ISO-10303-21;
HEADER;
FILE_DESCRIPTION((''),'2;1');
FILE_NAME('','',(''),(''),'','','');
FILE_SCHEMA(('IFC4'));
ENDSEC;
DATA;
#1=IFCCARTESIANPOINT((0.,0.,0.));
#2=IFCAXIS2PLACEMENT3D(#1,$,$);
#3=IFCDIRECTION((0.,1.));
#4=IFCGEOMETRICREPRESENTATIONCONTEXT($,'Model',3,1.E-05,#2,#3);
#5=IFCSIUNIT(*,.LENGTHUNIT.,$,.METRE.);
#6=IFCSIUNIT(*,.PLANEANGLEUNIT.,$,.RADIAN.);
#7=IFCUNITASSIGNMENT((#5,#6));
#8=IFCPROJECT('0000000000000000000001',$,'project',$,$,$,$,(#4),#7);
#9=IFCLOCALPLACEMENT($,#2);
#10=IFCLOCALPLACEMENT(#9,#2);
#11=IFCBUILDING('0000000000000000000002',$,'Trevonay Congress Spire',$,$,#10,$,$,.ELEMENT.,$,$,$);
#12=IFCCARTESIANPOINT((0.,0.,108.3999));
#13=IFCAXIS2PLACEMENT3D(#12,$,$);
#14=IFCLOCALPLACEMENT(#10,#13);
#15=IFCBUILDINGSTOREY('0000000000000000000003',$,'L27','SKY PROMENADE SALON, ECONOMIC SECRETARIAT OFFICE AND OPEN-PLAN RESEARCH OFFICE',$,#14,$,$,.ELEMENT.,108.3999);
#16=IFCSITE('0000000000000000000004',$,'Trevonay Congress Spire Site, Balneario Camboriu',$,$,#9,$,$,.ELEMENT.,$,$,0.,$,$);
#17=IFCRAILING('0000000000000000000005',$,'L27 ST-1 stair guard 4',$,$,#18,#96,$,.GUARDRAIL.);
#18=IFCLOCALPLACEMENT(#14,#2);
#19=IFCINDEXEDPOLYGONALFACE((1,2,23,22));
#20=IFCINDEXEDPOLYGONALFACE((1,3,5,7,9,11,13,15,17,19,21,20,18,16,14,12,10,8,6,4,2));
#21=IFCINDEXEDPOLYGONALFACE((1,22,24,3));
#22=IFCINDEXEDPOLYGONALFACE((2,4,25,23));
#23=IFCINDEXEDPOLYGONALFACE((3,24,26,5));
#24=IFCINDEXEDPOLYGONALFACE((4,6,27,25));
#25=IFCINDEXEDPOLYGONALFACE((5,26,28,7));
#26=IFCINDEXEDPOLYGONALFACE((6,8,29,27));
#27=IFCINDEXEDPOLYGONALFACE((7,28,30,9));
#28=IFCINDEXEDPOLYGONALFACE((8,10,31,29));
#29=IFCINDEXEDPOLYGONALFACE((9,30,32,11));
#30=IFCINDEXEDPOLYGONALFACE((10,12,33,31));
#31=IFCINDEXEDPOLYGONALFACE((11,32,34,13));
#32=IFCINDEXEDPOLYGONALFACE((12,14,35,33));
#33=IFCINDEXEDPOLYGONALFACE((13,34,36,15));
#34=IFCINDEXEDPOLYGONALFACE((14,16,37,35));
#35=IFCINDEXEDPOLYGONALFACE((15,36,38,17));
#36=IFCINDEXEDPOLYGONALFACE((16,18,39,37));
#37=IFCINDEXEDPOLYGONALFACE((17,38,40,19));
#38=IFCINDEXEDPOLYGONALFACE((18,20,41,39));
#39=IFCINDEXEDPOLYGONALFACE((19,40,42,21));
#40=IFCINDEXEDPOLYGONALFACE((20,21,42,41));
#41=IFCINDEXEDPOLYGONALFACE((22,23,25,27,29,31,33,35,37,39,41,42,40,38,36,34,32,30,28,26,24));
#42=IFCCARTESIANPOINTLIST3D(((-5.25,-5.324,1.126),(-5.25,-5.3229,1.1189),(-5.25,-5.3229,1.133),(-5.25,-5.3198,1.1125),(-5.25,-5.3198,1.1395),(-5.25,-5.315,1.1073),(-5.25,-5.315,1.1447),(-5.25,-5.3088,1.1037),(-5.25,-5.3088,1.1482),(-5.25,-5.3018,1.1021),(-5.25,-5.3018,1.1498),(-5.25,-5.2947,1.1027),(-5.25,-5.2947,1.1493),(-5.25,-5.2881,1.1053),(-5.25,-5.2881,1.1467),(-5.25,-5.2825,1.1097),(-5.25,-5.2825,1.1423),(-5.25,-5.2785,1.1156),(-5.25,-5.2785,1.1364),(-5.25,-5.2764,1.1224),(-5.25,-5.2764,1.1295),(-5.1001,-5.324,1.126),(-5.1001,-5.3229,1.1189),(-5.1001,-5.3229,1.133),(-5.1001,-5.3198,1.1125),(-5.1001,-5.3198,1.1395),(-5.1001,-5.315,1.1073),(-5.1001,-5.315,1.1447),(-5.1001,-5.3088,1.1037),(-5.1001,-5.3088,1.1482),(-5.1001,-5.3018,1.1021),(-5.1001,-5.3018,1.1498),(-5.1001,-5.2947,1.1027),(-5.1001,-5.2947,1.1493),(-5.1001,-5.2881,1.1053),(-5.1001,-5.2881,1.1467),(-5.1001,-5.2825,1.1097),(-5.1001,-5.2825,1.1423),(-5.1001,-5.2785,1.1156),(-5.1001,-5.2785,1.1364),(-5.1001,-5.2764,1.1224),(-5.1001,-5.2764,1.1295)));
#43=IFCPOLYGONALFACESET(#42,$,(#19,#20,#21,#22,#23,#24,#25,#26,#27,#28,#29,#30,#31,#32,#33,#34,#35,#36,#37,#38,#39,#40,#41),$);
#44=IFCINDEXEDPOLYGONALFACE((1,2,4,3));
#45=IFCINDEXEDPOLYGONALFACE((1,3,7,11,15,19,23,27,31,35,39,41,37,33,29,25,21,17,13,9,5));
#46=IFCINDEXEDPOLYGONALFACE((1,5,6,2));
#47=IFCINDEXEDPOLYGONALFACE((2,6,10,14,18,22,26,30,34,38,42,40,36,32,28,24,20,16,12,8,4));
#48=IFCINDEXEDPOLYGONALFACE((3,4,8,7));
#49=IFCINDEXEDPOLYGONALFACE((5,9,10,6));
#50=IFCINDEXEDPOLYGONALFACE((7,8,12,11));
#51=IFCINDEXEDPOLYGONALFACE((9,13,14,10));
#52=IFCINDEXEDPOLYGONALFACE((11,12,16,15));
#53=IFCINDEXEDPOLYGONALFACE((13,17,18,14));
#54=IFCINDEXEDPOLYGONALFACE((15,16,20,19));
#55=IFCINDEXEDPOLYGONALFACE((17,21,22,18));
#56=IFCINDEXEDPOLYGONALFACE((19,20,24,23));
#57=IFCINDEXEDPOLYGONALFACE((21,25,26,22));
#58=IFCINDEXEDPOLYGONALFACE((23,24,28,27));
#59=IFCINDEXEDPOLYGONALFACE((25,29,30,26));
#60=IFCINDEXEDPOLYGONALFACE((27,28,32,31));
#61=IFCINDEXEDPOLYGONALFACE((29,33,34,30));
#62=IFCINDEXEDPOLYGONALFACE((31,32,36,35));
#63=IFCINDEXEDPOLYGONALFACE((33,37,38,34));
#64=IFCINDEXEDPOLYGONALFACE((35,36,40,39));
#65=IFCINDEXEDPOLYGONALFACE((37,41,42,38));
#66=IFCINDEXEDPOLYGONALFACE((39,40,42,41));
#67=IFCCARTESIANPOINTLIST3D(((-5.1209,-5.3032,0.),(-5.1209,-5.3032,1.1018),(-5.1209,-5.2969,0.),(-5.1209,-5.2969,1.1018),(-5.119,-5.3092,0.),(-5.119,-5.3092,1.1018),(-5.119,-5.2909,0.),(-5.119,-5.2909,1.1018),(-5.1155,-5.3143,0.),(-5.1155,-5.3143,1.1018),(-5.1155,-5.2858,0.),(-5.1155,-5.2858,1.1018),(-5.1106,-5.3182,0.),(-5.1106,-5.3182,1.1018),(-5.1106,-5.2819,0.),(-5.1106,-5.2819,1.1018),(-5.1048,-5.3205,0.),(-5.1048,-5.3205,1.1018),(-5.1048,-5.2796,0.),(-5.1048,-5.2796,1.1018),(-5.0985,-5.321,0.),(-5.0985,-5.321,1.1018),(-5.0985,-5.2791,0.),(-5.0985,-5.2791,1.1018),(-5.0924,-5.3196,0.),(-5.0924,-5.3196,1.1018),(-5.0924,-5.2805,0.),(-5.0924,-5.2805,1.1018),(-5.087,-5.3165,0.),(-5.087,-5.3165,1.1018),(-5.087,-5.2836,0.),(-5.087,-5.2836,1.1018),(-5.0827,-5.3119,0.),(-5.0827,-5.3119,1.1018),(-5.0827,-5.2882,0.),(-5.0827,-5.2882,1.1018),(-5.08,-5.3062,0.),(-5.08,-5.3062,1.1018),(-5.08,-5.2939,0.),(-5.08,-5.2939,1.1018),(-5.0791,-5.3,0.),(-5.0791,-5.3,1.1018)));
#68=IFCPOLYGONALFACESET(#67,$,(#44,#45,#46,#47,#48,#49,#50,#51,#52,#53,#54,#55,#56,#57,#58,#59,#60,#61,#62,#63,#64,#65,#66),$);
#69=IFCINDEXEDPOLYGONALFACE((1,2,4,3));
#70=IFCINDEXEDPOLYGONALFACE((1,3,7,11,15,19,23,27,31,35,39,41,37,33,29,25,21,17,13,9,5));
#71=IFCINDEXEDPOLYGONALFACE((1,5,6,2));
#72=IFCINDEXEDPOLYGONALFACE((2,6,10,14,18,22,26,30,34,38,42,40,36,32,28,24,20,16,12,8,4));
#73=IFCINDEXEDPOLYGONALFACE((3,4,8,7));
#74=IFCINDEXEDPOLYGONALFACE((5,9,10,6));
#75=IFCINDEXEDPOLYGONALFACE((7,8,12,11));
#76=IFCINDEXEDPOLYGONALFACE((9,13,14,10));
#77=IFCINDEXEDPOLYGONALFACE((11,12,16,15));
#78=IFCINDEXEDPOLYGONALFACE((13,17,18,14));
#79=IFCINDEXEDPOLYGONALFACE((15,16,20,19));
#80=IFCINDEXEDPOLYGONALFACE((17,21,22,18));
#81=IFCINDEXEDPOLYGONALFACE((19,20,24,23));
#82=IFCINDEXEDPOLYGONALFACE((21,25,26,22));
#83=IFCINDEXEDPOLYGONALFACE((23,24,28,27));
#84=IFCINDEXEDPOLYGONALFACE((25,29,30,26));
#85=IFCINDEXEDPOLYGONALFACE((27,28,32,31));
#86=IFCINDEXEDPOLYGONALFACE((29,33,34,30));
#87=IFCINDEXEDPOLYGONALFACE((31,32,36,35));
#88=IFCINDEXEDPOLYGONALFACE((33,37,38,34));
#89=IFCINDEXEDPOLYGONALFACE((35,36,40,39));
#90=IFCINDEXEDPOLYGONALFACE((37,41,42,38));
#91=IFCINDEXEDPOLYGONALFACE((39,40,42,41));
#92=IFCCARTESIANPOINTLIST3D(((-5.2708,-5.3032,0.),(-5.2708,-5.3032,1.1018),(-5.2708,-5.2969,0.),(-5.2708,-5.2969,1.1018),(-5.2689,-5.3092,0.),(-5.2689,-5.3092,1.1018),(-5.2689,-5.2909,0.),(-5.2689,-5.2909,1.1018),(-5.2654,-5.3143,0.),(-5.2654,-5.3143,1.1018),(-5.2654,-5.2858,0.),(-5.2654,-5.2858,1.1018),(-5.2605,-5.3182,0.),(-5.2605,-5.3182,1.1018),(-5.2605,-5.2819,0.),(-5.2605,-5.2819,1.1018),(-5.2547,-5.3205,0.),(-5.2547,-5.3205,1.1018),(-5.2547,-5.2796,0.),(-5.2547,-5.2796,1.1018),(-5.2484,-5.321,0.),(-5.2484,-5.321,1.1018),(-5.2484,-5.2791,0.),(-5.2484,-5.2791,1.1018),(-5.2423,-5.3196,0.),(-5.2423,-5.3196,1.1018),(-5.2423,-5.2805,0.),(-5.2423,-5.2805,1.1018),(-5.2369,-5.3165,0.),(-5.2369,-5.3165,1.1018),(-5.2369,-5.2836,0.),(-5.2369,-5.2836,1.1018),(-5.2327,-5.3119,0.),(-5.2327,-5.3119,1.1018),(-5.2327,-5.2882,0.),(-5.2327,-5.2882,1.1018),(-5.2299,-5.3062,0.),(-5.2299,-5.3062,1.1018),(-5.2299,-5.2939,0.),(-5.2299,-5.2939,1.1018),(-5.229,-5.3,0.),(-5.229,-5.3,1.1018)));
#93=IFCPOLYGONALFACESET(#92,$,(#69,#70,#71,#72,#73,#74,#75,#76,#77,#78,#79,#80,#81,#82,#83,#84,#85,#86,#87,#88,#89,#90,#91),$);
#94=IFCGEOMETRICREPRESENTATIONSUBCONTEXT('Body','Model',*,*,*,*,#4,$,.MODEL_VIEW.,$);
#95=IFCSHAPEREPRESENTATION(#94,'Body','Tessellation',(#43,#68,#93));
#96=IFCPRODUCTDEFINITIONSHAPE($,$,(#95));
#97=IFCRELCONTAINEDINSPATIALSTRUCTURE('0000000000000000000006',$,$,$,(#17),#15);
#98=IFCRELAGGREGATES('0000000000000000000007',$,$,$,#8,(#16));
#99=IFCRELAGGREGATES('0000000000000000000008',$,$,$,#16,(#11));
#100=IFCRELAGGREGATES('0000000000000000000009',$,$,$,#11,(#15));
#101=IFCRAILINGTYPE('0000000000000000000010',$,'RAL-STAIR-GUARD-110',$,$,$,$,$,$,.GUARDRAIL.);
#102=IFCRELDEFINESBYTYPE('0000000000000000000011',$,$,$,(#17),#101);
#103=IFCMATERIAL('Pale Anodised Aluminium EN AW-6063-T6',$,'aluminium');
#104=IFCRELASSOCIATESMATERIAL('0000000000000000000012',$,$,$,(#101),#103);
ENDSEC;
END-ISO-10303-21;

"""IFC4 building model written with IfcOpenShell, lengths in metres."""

from ifc_helpers import new_model, si_unit, direction, frame, origin, origin_2d, place, context, subcontext, project, spatial, circle, extrude, material, type_object, element, save


model = new_model("IFC4")

# Units and contexts
model_context = context("Model", 3, precision=1e-05, world=origin(), true_north=direction((0.0, 1.0)))
body_context = subcontext(model_context, "Body", "Model", "MODEL_VIEW")
ifc_project = project(units=[si_unit("LENGTHUNIT", "METRE"), si_unit("PLANEANGLEUNIT", "RADIAN")], contexts=[model_context])

# Site, building, storey
site_placement = place(None, origin())
site = spatial("IfcSite", under=ifc_project, at=site_placement, Name="Trevonay Congress Spire Site, Balneario Camboriu", CompositionType="ELEMENT", RefElevation=0.0)
building_placement = place(site_placement, origin())
building = spatial("IfcBuilding", under=site, at=building_placement, Name="Trevonay Congress Spire", CompositionType="ELEMENT")
storey_placement = place(building_placement, frame((0.0, 0.0, 108.3999)))
storey = spatial("IfcBuildingStorey", under=building, at=storey_placement, Name="L27", Description="SKY PROMENADE SALON, ECONOMIC SECRETARIAT OFFICE AND OPEN-PLAN RESEARCH OFFICE", CompositionType="ELEMENT", Elevation=108.3999)

# Shared definitions
ifc_material_1 = material(Name="Pale Anodised Aluminium EN AW-6063-T6", Category="aluminium")

# Railing
railing_type_1 = type_object("IfcRailingType", Name="RAL-STAIR-GUARD-110", PredefinedType="GUARDRAIL", material=ifc_material_1)
railing_1_placement = place(storey_placement, frame((-5.1001, -5.3, 0.0)))
element("IfcRailing", 1, at=railing_1_placement, inside=storey, type_object=railing_type_1, Name="L27 ST-1 stair guard 4", PredefinedType="GUARDRAIL", context=body_context, shape_type="SweptSolid", body=[
    extrude(circle(Radius=0.0239, at=origin_2d()), frame((0.0, 0.0, 1.126), z_axis=(-1.0, 0.0, 0.0), x_axis=(0.0, -1.0, 0.0)), (0.0, 0.0, 1.0), 0.1499),
    extrude(circle(Radius=0.021, at=origin_2d()), origin(), (0.0, 0.0, 1.0), 1.1018),
    extrude(circle(Radius=0.021, at=origin_2d()), frame((-0.1499, 0.0, 0.0)), (0.0, 0.0, 1.0), 1.1018),
])

save(model, "model.ifc")
